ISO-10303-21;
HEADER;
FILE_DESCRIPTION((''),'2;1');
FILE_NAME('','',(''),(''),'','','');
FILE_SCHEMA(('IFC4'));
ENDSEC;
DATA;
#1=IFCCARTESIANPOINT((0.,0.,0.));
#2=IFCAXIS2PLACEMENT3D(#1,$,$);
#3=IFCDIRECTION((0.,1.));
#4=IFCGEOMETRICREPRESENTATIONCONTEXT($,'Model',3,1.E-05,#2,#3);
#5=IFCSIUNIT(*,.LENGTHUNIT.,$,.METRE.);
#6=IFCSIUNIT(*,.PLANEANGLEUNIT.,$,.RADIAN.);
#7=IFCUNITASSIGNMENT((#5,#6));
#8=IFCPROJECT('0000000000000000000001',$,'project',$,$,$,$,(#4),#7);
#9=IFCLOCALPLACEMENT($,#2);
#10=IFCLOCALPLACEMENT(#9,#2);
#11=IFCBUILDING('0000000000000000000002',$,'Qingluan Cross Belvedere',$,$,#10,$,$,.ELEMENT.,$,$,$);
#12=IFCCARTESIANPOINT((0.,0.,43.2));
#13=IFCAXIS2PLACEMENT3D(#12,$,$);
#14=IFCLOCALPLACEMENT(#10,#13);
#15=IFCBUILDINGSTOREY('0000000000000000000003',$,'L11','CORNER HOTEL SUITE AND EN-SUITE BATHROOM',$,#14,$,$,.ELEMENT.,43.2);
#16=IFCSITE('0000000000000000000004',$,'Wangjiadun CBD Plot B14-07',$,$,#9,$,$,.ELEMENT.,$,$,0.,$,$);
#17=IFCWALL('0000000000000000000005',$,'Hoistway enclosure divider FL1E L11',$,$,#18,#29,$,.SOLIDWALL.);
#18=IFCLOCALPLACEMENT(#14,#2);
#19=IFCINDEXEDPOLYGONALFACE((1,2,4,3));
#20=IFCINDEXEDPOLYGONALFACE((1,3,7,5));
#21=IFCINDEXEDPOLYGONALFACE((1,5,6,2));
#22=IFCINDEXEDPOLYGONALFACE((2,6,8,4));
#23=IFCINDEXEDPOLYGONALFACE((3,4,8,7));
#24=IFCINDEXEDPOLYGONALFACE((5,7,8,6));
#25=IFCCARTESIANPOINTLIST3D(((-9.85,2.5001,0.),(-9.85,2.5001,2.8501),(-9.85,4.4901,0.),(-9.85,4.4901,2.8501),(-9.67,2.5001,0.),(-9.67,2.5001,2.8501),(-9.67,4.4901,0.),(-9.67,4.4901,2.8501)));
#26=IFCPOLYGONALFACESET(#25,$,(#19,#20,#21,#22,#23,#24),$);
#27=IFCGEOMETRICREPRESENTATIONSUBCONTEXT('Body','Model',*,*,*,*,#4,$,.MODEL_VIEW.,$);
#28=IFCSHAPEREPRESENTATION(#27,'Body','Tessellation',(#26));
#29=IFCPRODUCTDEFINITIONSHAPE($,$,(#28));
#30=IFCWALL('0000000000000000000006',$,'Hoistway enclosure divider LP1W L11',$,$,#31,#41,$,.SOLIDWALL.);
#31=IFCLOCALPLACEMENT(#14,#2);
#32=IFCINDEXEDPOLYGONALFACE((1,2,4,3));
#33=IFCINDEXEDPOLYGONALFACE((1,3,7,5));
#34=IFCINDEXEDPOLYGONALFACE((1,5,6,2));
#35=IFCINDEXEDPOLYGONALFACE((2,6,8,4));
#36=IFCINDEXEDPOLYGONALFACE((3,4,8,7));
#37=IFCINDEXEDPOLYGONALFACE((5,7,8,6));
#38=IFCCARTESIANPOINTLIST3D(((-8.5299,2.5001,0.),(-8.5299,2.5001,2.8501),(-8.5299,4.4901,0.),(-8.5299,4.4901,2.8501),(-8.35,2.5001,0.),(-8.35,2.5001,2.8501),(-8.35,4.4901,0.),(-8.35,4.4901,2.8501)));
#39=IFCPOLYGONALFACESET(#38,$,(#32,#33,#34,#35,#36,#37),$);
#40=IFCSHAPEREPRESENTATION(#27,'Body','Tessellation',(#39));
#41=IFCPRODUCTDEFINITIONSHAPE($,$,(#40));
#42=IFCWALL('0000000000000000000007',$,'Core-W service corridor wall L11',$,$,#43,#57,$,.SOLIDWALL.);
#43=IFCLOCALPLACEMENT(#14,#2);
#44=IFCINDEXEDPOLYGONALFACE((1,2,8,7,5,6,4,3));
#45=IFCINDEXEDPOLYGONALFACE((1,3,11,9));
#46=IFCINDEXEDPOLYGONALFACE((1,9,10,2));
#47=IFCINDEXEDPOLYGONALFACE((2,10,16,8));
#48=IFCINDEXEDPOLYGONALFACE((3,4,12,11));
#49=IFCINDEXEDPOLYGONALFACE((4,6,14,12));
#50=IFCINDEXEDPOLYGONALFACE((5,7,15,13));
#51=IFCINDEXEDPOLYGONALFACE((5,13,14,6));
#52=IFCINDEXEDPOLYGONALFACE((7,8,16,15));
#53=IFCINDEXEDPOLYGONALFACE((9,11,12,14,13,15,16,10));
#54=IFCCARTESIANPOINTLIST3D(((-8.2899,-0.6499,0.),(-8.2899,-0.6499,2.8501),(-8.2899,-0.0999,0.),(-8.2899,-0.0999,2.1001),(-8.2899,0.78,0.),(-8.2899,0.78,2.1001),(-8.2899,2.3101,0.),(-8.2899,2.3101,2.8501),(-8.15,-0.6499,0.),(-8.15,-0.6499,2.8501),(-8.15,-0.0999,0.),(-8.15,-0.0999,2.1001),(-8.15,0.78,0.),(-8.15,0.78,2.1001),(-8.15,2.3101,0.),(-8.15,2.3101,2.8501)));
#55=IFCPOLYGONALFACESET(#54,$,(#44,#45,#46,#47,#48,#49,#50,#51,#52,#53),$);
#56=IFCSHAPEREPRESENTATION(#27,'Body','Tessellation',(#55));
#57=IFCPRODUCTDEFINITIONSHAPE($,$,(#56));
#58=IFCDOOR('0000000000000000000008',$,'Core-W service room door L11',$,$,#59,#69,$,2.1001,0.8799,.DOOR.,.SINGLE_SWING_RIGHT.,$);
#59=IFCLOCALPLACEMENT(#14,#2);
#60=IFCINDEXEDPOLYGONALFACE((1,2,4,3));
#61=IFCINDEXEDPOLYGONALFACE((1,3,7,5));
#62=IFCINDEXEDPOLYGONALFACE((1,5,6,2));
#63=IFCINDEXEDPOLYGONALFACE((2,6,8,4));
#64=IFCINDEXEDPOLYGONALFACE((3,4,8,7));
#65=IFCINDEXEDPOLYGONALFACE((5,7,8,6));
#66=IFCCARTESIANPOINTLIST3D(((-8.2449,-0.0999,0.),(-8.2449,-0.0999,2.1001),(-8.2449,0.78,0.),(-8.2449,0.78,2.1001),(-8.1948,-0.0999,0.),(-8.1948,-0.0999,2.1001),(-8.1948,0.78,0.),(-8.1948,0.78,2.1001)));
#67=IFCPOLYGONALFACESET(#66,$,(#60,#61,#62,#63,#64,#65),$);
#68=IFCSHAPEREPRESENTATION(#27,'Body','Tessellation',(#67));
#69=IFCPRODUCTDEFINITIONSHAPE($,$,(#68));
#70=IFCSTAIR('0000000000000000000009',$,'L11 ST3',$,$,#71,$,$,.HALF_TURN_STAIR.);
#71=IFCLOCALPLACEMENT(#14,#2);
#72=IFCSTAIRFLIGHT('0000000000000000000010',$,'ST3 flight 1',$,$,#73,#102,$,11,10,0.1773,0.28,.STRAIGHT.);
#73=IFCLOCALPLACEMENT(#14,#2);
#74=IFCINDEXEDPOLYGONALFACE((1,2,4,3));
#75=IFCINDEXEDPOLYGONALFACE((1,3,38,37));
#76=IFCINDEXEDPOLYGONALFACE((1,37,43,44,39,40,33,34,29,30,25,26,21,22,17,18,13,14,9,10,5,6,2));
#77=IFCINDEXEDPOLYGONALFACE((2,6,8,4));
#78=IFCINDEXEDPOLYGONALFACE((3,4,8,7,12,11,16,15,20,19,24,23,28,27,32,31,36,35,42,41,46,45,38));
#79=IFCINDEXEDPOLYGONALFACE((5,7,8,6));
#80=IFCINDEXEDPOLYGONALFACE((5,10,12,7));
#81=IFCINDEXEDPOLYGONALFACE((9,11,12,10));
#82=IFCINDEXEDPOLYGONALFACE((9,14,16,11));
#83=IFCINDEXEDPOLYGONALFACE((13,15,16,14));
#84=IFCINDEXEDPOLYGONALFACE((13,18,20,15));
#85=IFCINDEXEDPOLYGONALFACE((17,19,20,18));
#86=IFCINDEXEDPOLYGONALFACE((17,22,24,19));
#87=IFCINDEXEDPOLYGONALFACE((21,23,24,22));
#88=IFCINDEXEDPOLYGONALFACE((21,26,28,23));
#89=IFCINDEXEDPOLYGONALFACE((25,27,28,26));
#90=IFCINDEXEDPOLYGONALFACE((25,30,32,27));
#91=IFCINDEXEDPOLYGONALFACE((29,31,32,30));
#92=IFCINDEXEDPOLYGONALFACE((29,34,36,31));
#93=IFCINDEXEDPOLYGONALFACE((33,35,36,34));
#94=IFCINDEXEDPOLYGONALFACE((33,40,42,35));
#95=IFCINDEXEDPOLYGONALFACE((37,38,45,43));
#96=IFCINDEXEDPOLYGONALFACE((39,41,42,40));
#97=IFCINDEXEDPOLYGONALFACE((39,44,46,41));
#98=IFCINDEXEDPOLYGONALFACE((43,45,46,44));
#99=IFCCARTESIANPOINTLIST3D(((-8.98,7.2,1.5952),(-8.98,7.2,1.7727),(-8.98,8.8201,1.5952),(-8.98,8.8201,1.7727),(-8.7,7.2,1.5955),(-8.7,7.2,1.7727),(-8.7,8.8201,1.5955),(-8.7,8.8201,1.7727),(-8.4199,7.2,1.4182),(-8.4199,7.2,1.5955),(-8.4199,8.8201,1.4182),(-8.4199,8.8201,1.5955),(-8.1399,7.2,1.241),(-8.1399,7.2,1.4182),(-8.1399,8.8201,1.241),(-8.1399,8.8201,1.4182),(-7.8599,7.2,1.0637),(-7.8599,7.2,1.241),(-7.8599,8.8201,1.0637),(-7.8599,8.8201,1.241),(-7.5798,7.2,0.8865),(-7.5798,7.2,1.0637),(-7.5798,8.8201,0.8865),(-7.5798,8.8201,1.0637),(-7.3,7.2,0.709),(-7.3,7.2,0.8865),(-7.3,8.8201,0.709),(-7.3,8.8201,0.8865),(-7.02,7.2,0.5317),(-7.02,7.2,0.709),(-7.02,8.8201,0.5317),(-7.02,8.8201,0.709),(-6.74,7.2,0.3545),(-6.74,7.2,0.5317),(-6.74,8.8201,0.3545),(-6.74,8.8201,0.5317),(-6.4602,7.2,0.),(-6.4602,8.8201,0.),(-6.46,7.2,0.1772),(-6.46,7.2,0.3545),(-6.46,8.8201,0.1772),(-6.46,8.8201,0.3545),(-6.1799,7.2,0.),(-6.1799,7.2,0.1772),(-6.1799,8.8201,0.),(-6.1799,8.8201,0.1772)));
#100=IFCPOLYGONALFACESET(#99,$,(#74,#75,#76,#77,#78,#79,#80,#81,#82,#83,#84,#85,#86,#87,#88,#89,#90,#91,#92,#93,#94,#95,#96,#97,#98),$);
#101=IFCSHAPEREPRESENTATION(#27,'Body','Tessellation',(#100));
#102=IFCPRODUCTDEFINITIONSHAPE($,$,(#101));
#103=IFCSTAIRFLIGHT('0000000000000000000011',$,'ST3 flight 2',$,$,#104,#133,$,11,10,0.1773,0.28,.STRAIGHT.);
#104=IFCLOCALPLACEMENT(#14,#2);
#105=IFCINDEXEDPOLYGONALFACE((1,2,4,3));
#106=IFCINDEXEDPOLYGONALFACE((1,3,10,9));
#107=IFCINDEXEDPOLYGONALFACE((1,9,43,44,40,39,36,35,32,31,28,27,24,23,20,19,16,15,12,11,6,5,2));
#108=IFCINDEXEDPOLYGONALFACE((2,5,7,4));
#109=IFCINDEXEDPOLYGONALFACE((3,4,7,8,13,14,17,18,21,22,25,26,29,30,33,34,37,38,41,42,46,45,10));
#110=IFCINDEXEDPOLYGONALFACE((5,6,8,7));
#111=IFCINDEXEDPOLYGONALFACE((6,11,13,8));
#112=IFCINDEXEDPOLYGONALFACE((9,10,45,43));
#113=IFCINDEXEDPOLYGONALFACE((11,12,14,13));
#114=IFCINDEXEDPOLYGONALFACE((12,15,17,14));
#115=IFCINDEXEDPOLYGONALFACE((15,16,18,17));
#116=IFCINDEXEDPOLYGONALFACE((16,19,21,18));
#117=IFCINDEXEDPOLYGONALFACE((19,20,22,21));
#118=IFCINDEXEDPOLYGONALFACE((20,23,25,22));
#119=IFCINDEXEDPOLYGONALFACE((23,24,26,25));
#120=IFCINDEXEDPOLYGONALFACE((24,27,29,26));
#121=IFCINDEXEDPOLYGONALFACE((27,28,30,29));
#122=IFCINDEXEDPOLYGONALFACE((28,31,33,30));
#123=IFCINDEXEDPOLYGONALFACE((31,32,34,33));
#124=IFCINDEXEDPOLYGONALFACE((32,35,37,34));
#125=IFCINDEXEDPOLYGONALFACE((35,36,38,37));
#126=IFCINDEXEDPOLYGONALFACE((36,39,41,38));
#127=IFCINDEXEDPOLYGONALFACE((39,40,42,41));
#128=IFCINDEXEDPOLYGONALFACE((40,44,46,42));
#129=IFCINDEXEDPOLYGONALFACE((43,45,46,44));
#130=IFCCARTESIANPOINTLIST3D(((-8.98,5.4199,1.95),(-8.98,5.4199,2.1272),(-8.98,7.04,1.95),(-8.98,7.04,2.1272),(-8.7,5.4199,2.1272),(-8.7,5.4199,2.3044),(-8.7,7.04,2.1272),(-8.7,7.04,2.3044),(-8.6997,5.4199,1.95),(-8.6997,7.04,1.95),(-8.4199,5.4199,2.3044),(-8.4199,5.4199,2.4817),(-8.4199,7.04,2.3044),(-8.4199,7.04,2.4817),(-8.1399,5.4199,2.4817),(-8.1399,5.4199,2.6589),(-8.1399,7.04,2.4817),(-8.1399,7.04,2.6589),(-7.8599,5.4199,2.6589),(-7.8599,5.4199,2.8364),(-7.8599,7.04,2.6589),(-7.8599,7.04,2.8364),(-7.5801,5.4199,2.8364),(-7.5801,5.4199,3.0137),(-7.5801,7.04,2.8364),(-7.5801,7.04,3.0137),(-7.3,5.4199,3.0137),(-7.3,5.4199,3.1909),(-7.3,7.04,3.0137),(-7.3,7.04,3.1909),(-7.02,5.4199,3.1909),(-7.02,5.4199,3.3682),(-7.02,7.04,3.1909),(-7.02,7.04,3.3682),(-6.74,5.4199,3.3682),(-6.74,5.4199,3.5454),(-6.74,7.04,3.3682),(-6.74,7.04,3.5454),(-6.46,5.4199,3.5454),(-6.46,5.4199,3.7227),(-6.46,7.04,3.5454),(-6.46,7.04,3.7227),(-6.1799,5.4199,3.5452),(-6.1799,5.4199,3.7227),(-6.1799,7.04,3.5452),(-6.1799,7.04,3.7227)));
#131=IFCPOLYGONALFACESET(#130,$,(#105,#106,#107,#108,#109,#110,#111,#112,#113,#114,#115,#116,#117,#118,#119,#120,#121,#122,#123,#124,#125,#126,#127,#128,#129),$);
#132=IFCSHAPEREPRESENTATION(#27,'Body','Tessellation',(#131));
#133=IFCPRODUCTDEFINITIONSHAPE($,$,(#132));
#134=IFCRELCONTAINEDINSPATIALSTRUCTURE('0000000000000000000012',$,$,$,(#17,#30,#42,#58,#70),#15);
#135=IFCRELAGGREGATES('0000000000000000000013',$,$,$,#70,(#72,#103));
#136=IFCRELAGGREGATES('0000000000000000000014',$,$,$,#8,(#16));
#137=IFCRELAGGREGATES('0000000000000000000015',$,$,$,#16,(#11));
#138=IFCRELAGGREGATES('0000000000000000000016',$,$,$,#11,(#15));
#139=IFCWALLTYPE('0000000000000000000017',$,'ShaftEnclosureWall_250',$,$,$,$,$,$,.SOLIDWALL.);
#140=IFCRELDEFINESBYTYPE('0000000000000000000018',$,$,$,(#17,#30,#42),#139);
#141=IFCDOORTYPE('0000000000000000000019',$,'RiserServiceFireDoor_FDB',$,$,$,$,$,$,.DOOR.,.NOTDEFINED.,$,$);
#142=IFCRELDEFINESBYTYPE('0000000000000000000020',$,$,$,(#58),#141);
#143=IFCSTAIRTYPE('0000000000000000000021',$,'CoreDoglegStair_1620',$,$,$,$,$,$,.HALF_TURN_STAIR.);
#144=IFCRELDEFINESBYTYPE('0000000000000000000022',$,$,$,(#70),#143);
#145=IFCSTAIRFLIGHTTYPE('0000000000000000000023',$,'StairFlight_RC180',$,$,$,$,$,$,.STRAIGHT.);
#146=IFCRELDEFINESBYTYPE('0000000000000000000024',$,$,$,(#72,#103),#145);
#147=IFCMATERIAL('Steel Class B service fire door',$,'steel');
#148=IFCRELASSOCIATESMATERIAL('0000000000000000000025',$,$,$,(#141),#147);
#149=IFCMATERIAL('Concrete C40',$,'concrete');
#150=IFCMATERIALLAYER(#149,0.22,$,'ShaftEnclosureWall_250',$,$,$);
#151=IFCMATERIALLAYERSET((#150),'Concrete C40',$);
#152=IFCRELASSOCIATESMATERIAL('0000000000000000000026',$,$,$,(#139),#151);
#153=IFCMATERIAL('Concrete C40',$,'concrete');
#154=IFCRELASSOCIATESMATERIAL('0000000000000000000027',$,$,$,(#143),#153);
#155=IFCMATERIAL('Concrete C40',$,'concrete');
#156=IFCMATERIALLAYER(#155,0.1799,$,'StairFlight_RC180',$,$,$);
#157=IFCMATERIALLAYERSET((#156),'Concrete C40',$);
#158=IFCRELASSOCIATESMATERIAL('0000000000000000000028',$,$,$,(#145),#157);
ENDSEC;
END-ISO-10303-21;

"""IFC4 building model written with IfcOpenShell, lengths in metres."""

from ifc_helpers import new_model, si_unit, direction, frame, frame_2d, origin, place, context, subcontext, project, spatial, polyline, rectangle, outline, extrude, material, layer, layer_set, type_object, element, fill, aggregate, save


model = new_model("IFC4")

# Units and contexts
model_context = context("Model", 3, precision=1e-05, world=origin(), true_north=direction((0.0, 1.0)))
body_context = subcontext(model_context, "Body", "Model", "MODEL_VIEW")
ifc_project = project(units=[si_unit("LENGTHUNIT", "METRE"), si_unit("PLANEANGLEUNIT", "RADIAN")], contexts=[model_context])

# Site, building, storey
site_placement = place(None, origin())
site = spatial("IfcSite", under=ifc_project, at=site_placement, Name="Wangjiadun CBD Plot B14-07", CompositionType="ELEMENT", RefElevation=0.0)
building_placement = place(site_placement, origin())
building = spatial("IfcBuilding", under=site, at=building_placement, Name="Qingluan Cross Belvedere", CompositionType="ELEMENT")
storey_placement = place(building_placement, frame((0.0, 0.0, 43.2)))
storey = spatial("IfcBuildingStorey", under=building, at=storey_placement, Name="L11", Description="CORNER HOTEL SUITE AND EN-SUITE BATHROOM", CompositionType="ELEMENT", Elevation=43.2)

# Shared definitions
ifc_material_1 = material(Name="Steel Class B service fire door", Category="steel")
door_type_1 = type_object("IfcDoorType", Name="RiserServiceFireDoor_FDB", OperationType="NOTDEFINED", PredefinedType="DOOR", material=ifc_material_1)

# Shared definitions
ifc_material_2 = material(Name="Concrete C40", Category="concrete")
ifc_layer_1 = layer(ifc_material_2, 0.22, Name="ShaftEnclosureWall_250")
ifc_layer_set_1 = layer_set([ifc_layer_1], Name="Concrete C40")
wall_type_1 = type_object("IfcWallType", Name="ShaftEnclosureWall_250", PredefinedType="SOLIDWALL", material=ifc_layer_set_1)

# Walls
for number, where, z_axis, x_axis, name in (
    (1, (-9.76, 2.5, 0.0), (0.0, 0.0, 1.0), (0.0, 1.0, 0.0), "Hoistway enclosure divider FL1E L11"),
    (2, (-8.4399, 2.5, 0.0), (0.0, 0.0, 1.0), (0.0, 1.0, 0.0), "Hoistway enclosure divider LP1W L11"),
):
    element("IfcWall", number, at=place(storey_placement, frame(where, z_axis=z_axis, x_axis=x_axis)), inside=storey, type_object=wall_type_1, Name=name, PredefinedType="SOLIDWALL", context=body_context, shape_type="SweptSolid", body=[
        extrude(rectangle(XDim=1.99, YDim=0.1799, at=frame_2d((0.9951, 0.0))), origin(), (0.0, 0.0, 1.0), 2.8501),
    ])

# Wall, opening, door
wall_1_placement = place(storey_placement, frame((-8.22, -0.6499, 0.0), z_axis=(0.0, 0.0, 1.0), x_axis=(0.0, 1.0, 0.0)))
wall_1 = element("IfcWall", 3, at=wall_1_placement, inside=storey, type_object=wall_type_1, Name="Core-W service corridor wall L11", PredefinedType="SOLIDWALL", context=body_context, shape_type="SweptSolid", body=[
    extrude(rectangle(XDim=2.96, YDim=0.1399, at=frame_2d((1.48, 0.0))), origin(), (0.0, 0.0, 1.0), 2.8501),
])
opening_1_placement = place(wall_1_placement, frame((0.55, 0.0, 0.0)))
opening_1 = element("IfcOpeningElement", 4, at=opening_1_placement, cuts=wall_1, PredefinedType="OPENING", context=body_context, shape_type="SweptSolid", body=[
    extrude(rectangle(XDim=0.8799, YDim=2.1001, at=frame_2d((0.4399, 1.05))), frame((0.0, 0.0798, 0.0), z_axis=(0.0, -1.0, 0.0), x_axis=(1.0, 0.0, 0.0)), (0.0, 0.0, 1.0), 0.1599),
])
door_1_placement = place(opening_1_placement, origin())
door_1 = element("IfcDoor", 5, at=door_1_placement, inside=storey, type_object=door_type_1, Name="Core-W service room door L11", OperationType="SINGLE_SWING_RIGHT", OverallHeight=2.1001, OverallWidth=0.8799, PredefinedType="DOOR", context=body_context, shape_type="SweptSolid", body=[
    extrude(rectangle(XDim=0.8799, YDim=2.1001, at=frame_2d((0.4399, 1.05))), frame((0.0, 0.0249, 0.0), z_axis=(0.0, -1.0, 0.0), x_axis=(1.0, 0.0, 0.0)), (0.0, 0.0, 1.0), 0.05),
])
fill(opening_1, door_1)

# Stair, stair flights
ifc_material_3 = material(Name="Concrete C40", Category="concrete")
stair_type = type_object("IfcStairType", Name="CoreDoglegStair_1620", PredefinedType="HALF_TURN_STAIR", material=ifc_material_3)
stair_placement = place(storey_placement, origin())
stair = element("IfcStair", 6, at=stair_placement, inside=storey, type_object=stair_type, Name="L11 ST3", PredefinedType="HALF_TURN_STAIR")
ifc_material_4 = material(Name="Concrete C40", Category="concrete")
ifc_layer_2 = layer(ifc_material_4, 0.1799, Name="StairFlight_RC180")
ifc_layer_set_2 = layer_set([ifc_layer_2], Name="Concrete C40")
stair_flight_type = type_object("IfcStairFlightType", Name="StairFlight_RC180", PredefinedType="STRAIGHT", material=ifc_layer_set_2)
stair_flight_1_placement = place(storey_placement, frame((-6.1799, 8.01, 0.0), z_axis=(0.0, 0.0, 1.0), x_axis=(-1.0, 0.0, 0.0)))
stair_flight_1 = element("IfcStairFlight", 7, at=stair_flight_1_placement, type_object=stair_flight_type, Name="ST3 flight 1", NumberOfRisers=11, NumberOfTreads=10, PredefinedType="STRAIGHT", RiserHeight=0.1773, TreadLength=0.28, context=body_context, shape_type="SweptSolid", body=[
    extrude(outline(polyline([(0.0, 0.0), (0.0, 0.1772), (0.28, 0.1772), (0.28, 0.3545), (0.5601, 0.3545), (0.5601, 0.5317), (0.8401, 0.5317), (0.8401, 0.709), (1.1201, 0.709), (1.1201, 0.8865), (1.3999, 0.8865), (1.3999, 1.0637), (1.6799, 1.0637), (1.6799, 1.241), (1.96, 1.241), (1.96, 1.4182), (2.24, 1.4182), (2.24, 1.5955), (2.52, 1.5955), (2.52, 1.7727), (2.8, 1.7727), (2.8, 1.95), (2.8, 1.5952), (0.2803, 0.0), (0.0, 0.0)])), frame((0.0, 0.8101, 0.0), z_axis=(0.0, -1.0, 0.0), x_axis=(1.0, 0.0, 0.0)), (0.0, 0.0, 1.0), 1.6201),
])
stair_flight_2_placement = place(storey_placement, frame((-8.98, 6.23, 1.95), z_axis=(0.0, 0.0, 1.0), x_axis=(1.0, 0.0, 0.0)))
stair_flight_2 = element("IfcStairFlight", 8, at=stair_flight_2_placement, type_object=stair_flight_type, Name="ST3 flight 2", NumberOfRisers=11, NumberOfTreads=10, PredefinedType="STRAIGHT", RiserHeight=0.1773, TreadLength=0.28, context=body_context, shape_type="SweptSolid", body=[
    extrude(outline(polyline([(0.0, 0.0), (0.0, 0.1772), (0.28, 0.1772), (0.28, 0.3545), (0.5601, 0.3545), (0.5601, 0.5317), (0.8401, 0.5317), (0.8401, 0.709), (1.1201, 0.709), (1.1201, 0.8865), (1.3999, 0.8865), (1.3999, 1.0637), (1.6799, 1.0637), (1.6799, 1.241), (1.96, 1.241), (1.96, 1.4182), (2.24, 1.4182), (2.24, 1.5955), (2.52, 1.5955), (2.52, 1.7727), (2.8, 1.7727), (2.8, 1.95), (2.8, 1.5952), (0.2803, 0.0), (0.0, 0.0)])), frame((0.0, 0.8101, 0.0), z_axis=(0.0, -1.0, 0.0), x_axis=(1.0, 0.0, 0.0)), (0.0, 0.0, 1.0), 1.6201),
])
aggregate(stair, [stair_flight_1, stair_flight_2])

save(model, "model.ifc")
